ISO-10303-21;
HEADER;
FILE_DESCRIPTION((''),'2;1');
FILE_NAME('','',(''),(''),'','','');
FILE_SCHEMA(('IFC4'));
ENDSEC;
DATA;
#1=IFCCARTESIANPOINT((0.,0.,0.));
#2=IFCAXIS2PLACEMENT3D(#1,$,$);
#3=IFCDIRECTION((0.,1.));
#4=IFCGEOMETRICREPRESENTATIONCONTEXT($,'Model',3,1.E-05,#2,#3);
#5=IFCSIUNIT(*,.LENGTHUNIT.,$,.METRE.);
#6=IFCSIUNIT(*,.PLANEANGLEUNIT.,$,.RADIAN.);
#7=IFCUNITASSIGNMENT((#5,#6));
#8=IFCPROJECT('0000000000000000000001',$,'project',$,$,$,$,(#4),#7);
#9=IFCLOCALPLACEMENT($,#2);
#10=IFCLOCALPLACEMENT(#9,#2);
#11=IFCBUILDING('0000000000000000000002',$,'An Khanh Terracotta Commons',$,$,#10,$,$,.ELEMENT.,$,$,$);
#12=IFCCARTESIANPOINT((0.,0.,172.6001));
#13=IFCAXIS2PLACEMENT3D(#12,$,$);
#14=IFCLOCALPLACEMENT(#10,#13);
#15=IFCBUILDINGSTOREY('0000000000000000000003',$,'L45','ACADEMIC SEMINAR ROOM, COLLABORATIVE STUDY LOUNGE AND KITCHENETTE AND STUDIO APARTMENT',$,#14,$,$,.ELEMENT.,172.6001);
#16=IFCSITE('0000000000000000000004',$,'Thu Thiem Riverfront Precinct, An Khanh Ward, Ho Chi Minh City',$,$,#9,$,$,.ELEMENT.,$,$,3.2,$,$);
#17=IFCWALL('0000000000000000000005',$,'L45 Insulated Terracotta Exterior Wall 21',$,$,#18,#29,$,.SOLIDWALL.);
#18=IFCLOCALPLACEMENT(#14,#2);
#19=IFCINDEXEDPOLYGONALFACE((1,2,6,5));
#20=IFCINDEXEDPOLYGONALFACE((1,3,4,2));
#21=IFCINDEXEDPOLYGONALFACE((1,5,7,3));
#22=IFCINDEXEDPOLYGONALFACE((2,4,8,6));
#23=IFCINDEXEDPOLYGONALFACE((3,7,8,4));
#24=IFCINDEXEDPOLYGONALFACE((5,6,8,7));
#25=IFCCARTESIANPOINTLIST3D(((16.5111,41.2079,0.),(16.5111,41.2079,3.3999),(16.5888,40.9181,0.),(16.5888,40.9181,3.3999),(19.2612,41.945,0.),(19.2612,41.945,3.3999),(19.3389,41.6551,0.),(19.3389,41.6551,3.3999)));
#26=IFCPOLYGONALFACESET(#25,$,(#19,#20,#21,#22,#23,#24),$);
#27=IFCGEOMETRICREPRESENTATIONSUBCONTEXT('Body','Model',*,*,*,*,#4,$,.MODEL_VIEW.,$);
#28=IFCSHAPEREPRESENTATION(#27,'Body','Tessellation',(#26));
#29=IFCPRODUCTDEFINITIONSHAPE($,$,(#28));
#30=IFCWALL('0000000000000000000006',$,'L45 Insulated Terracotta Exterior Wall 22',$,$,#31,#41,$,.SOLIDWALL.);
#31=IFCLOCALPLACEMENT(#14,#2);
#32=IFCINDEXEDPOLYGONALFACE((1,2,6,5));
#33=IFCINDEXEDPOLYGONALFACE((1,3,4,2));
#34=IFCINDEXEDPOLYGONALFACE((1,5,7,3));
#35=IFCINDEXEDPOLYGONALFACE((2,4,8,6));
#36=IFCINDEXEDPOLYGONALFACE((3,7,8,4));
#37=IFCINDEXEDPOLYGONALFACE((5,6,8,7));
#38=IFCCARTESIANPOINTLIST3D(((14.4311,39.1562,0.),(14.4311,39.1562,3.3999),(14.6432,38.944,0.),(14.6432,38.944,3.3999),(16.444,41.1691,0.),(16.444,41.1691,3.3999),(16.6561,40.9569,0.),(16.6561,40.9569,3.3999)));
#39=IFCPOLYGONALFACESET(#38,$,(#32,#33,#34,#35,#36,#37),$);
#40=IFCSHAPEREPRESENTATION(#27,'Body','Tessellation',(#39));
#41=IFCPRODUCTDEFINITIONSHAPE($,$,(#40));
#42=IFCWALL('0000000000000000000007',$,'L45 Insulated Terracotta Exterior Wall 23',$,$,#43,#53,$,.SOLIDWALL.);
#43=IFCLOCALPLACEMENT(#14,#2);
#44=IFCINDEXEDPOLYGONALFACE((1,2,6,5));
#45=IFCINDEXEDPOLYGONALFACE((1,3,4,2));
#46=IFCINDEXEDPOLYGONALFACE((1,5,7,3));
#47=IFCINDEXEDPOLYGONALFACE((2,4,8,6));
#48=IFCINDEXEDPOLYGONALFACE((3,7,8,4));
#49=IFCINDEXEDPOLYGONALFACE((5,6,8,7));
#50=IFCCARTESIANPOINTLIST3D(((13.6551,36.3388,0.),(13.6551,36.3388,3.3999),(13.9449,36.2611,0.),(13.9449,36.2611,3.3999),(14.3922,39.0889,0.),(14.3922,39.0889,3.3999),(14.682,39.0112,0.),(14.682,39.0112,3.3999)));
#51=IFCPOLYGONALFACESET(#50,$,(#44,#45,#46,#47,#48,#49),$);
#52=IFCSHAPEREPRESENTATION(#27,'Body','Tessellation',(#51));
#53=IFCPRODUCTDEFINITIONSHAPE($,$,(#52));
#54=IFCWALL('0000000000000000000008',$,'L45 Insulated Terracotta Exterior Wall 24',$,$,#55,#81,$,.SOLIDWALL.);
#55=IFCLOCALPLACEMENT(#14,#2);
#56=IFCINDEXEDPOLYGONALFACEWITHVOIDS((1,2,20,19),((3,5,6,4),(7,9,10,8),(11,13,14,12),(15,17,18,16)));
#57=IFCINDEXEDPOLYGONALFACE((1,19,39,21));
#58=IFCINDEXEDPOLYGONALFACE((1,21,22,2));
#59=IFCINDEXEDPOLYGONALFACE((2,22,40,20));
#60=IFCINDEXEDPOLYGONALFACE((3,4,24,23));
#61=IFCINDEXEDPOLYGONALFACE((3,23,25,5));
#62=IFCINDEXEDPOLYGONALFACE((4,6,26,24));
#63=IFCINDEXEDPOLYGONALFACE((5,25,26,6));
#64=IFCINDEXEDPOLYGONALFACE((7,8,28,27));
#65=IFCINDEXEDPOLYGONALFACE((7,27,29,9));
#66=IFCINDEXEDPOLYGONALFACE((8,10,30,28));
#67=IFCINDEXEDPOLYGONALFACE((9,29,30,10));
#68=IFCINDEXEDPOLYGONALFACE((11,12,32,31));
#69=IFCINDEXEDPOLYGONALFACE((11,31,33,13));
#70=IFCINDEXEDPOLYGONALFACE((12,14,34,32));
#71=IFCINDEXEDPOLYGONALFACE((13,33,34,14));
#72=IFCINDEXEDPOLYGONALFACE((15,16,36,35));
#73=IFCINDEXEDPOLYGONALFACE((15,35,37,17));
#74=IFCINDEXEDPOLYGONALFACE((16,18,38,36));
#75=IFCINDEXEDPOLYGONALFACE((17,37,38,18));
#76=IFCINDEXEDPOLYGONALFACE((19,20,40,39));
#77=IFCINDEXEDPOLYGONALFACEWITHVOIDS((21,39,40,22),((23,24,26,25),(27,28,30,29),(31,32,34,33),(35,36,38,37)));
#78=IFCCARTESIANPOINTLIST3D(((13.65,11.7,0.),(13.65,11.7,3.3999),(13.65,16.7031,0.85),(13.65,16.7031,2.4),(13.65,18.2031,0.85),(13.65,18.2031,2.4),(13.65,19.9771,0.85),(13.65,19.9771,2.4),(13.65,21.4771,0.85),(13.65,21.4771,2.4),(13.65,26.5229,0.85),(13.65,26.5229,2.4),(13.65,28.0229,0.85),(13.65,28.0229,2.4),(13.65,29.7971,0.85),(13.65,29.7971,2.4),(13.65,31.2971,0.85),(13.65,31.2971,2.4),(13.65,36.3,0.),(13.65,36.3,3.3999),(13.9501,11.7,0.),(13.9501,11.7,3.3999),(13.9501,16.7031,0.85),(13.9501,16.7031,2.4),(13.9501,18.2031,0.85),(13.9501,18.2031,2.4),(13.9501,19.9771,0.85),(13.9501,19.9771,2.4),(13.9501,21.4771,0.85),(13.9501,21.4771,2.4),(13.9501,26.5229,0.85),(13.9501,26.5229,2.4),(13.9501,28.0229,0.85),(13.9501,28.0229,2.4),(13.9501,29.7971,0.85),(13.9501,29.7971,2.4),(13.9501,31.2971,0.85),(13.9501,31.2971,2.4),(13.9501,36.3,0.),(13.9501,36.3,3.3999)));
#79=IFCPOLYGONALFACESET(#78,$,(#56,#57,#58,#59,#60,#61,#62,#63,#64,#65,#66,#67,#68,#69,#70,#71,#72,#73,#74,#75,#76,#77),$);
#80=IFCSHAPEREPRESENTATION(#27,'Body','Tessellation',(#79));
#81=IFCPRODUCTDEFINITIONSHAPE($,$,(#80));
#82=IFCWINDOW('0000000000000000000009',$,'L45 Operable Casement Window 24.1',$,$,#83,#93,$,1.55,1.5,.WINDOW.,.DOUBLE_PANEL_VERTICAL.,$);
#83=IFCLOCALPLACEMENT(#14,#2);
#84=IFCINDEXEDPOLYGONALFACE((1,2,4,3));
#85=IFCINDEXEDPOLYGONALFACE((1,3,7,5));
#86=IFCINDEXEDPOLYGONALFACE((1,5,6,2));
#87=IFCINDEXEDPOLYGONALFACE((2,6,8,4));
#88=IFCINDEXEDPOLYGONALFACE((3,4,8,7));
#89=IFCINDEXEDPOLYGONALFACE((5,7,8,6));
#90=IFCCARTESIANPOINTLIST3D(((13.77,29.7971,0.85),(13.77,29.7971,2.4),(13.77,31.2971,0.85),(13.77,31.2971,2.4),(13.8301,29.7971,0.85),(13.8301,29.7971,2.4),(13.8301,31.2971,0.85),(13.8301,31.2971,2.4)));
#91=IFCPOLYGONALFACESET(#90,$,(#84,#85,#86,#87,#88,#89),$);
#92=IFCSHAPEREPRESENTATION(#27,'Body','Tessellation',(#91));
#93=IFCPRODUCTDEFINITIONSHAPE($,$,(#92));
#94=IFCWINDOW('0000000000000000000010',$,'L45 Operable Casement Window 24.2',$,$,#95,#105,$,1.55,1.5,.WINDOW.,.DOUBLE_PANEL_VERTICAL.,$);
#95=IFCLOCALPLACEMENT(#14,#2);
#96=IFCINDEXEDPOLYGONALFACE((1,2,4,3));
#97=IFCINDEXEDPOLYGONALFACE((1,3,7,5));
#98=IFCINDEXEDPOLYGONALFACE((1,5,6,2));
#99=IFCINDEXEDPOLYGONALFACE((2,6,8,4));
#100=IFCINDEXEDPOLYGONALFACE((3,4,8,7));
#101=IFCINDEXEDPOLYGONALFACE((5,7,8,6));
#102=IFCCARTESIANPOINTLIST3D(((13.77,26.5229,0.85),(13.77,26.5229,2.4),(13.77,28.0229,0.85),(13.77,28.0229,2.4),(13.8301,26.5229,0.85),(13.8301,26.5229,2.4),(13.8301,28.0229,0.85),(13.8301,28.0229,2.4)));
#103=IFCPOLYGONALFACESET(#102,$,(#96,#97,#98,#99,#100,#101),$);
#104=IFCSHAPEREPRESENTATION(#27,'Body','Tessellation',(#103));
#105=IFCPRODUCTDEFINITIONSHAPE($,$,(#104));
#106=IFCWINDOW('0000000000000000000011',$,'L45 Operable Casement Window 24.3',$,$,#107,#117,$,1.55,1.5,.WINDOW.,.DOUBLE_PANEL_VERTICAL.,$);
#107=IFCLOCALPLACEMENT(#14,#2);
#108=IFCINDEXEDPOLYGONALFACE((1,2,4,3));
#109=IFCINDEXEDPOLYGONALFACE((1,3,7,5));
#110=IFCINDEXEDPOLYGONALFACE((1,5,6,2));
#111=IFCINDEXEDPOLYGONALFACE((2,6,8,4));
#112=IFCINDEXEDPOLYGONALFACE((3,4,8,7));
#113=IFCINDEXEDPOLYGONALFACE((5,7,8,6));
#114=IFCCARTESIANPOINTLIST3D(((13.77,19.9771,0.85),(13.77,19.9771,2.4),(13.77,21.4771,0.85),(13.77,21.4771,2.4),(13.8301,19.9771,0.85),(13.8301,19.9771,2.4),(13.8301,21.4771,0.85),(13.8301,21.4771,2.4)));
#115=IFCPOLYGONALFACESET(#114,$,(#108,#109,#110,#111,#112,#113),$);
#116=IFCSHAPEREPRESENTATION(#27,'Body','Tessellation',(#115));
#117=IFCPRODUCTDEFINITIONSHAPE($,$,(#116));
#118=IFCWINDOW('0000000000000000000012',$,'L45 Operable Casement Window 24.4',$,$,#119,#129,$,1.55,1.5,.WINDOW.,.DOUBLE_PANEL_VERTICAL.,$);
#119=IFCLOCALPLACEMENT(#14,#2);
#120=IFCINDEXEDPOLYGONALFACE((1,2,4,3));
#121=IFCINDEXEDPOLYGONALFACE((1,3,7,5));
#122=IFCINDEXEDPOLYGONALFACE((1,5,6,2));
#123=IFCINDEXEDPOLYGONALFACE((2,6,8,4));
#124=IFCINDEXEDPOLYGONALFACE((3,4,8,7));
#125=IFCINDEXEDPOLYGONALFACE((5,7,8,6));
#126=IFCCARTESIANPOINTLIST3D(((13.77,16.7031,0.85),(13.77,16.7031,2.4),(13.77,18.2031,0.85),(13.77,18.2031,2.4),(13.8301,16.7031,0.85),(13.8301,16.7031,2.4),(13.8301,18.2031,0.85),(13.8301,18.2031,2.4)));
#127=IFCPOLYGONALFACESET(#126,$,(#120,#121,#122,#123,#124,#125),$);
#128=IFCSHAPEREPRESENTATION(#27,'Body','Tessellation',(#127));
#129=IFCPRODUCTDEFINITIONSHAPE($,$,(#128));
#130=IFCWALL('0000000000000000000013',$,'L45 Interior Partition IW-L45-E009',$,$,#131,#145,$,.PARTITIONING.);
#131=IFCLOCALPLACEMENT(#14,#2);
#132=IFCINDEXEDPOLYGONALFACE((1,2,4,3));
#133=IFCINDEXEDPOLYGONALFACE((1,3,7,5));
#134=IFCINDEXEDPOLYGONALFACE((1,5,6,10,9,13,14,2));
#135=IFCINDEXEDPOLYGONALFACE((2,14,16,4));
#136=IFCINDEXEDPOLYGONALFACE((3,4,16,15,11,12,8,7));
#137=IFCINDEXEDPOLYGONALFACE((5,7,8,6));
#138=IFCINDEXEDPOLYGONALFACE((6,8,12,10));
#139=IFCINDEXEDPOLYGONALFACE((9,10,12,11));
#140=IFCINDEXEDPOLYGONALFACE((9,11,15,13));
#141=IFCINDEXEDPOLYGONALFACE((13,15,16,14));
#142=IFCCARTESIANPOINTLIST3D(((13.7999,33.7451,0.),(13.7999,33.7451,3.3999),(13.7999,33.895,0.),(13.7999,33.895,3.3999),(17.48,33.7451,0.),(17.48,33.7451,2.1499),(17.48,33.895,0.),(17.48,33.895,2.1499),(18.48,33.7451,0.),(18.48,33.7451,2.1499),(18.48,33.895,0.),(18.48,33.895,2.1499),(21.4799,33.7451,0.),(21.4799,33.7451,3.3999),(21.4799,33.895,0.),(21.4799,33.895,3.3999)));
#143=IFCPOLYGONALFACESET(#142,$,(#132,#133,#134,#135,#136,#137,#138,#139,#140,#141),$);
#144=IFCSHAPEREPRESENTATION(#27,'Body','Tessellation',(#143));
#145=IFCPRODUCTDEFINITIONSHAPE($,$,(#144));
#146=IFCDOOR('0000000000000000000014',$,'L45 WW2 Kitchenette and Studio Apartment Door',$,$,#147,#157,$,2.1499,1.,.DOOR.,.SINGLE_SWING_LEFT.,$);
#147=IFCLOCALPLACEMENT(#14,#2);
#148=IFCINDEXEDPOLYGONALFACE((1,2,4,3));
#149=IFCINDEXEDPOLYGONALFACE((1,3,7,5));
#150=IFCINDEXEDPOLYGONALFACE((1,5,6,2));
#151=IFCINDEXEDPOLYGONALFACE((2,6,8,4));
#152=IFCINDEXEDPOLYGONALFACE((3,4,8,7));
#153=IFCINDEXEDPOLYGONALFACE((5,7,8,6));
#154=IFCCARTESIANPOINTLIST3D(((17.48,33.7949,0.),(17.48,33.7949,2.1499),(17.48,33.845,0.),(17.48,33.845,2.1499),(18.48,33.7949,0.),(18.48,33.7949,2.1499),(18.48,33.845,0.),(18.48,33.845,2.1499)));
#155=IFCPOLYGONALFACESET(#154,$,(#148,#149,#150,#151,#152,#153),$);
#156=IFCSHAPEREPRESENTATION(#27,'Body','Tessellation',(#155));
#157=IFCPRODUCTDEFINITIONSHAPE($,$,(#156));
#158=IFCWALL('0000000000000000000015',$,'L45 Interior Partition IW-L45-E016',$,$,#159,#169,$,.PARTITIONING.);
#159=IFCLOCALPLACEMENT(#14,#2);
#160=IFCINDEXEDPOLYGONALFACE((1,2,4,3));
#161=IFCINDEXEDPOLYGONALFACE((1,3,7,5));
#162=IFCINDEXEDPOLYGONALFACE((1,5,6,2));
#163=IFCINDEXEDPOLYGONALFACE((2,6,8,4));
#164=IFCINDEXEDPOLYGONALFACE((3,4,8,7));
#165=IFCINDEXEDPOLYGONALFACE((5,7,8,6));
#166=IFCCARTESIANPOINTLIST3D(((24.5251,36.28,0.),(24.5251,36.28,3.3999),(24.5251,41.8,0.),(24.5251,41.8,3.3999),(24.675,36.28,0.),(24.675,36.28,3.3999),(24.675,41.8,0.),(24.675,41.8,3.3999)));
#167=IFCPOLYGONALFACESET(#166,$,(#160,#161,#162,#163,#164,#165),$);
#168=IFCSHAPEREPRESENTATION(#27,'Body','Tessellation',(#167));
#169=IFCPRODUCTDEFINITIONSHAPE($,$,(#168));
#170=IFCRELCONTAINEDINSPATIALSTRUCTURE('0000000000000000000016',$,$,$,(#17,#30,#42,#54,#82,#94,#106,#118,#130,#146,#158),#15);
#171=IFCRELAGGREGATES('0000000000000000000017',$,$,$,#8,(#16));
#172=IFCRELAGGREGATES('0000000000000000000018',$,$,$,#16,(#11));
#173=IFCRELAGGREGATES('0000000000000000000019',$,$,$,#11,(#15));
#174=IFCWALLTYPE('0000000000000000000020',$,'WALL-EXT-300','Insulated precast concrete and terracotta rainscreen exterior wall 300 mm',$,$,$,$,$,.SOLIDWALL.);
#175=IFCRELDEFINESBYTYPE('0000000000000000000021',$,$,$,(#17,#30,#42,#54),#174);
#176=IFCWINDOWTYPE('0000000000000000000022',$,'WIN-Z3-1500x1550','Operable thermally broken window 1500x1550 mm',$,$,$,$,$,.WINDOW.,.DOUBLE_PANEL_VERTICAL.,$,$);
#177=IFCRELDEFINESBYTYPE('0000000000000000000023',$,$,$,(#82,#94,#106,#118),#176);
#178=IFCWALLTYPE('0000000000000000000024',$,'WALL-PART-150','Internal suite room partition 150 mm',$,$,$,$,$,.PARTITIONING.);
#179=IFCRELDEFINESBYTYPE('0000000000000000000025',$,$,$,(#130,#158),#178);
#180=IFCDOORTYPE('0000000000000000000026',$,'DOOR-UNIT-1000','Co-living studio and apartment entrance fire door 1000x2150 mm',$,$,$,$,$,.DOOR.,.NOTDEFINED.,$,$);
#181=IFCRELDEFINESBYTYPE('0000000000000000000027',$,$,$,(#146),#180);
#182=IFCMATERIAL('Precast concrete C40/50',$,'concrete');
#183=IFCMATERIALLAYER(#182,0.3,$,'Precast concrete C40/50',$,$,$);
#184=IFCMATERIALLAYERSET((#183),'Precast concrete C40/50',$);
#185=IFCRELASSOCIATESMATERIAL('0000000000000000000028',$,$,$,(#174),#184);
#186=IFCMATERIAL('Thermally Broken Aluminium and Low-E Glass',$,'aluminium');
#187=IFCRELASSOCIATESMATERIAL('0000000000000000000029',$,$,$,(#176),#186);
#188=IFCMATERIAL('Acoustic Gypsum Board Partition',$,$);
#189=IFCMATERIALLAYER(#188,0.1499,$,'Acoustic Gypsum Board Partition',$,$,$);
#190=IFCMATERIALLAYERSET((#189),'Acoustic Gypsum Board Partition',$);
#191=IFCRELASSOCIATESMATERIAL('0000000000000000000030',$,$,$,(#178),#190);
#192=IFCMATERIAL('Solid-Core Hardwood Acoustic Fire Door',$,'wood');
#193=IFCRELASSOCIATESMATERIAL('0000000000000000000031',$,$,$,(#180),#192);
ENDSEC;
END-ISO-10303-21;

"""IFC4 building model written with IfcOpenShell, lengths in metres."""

from ifc_helpers import new_model, si_unit, direction, frame, frame_2d, origin, place, context, subcontext, project, spatial, rectangle, extrude, material, layer, layer_set, type_object, element, fill, save


model = new_model("IFC4")

# Units and contexts
model_context = context("Model", 3, precision=1e-05, world=origin(), true_north=direction((0.0, 1.0)))
body_context = subcontext(model_context, "Body", "Model", "MODEL_VIEW")
ifc_project = project(units=[si_unit("LENGTHUNIT", "METRE"), si_unit("PLANEANGLEUNIT", "RADIAN")], contexts=[model_context])

# Site, building, storey
site_placement = place(None, origin())
site = spatial("IfcSite", under=ifc_project, at=site_placement, Name="Thu Thiem Riverfront Precinct, An Khanh Ward, Ho Chi Minh City", CompositionType="ELEMENT", RefElevation=3.2)
building_placement = place(site_placement, origin())
building = spatial("IfcBuilding", under=site, at=building_placement, Name="An Khanh Terracotta Commons", CompositionType="ELEMENT")
storey_placement = place(building_placement, frame((0.0, 0.0, 172.6001)))
storey = spatial("IfcBuildingStorey", under=building, at=storey_placement, Name="L45", Description="ACADEMIC SEMINAR ROOM, COLLABORATIVE STUDY LOUNGE AND KITCHENETTE AND STUDIO APARTMENT", CompositionType="ELEMENT", Elevation=172.6001)

# Walls
ifc_material_1 = material(Name="Precast concrete C40/50", Category="concrete")
ifc_layer_1 = layer(ifc_material_1, 0.3, Name="Precast concrete C40/50")
ifc_layer_set_1 = layer_set([ifc_layer_1], Name="Precast concrete C40/50")
wall_type_1 = type_object("IfcWallType", Name="WALL-EXT-300", Description="Insulated precast concrete and terracotta rainscreen exterior wall 300 mm", PredefinedType="SOLIDWALL", material=ifc_layer_set_1)
wall_1_placement = place(storey_placement, frame((19.3, 41.8, 0.0), z_axis=(0.0, 0.0, 1.0), x_axis=(-0.965908, -0.258885, 0.0)))
element("IfcWall", 1, at=wall_1_placement, inside=storey, type_object=wall_type_1, Name="L45 Insulated Terracotta Exterior Wall 21", PredefinedType="SOLIDWALL", context=body_context, shape_type="SweptSolid", body=[
    extrude(rectangle(XDim=2.8472, YDim=0.3, at=frame_2d((1.4236, 0.0))), origin(), (0.0, 0.0, 1.0), 3.3999),
])
wall_2_placement = place(storey_placement, frame((16.55, 41.063, 0.0), z_axis=(0.0, 0.0, 1.0), x_axis=(-0.707107, -0.707107, 0.0)))
element("IfcWall", 2, at=wall_2_placement, inside=storey, type_object=wall_type_1, Name="L45 Insulated Terracotta Exterior Wall 22", PredefinedType="SOLIDWALL", context=body_context, shape_type="SweptSolid", body=[
    extrude(rectangle(XDim=2.8467, YDim=0.3, at=frame_2d((1.4233, 0.0))), origin(), (0.0, 0.0, 1.0), 3.3999),
])
wall_3_placement = place(storey_placement, frame((14.5371, 39.05, 0.0), z_axis=(0.0, 0.0, 1.0), x_axis=(-0.258885, -0.965908, 0.0)))
element("IfcWall", 3, at=wall_3_placement, inside=storey, type_object=wall_type_1, Name="L45 Insulated Terracotta Exterior Wall 23", PredefinedType="SOLIDWALL", context=body_context, shape_type="SweptSolid", body=[
    extrude(rectangle(XDim=2.8472, YDim=0.3, at=frame_2d((1.4236, 0.0))), origin(), (0.0, 0.0, 1.0), 3.3999),
])

# Wall, openings, windows
wall_4_placement = place(storey_placement, frame((13.8, 36.3, 0.0), z_axis=(0.0, 0.0, 1.0), x_axis=(0.0, -1.0, 0.0)))
wall_4 = element("IfcWall", 4, at=wall_4_placement, inside=storey, type_object=wall_type_1, Name="L45 Insulated Terracotta Exterior Wall 24", PredefinedType="SOLIDWALL", context=body_context, shape_type="SweptSolid", body=[
    extrude(rectangle(XDim=24.6001, YDim=0.3, at=frame_2d((12.3, 0.0))), origin(), (0.0, 0.0, 1.0), 3.3999),
])
opening_1_placement = place(wall_4_placement, frame((5.0029, 0.0, 0.8501)))
opening_1 = element("IfcOpeningElement", 5, at=opening_1_placement, cuts=wall_4, PredefinedType="OPENING", context=body_context, shape_type="SweptSolid", body=[
    extrude(rectangle(XDim=1.5, YDim=1.55, at=frame_2d((0.75, 0.7749))), frame((0.0, 0.1599, 0.0), z_axis=(0.0, -1.0, 0.0), x_axis=(1.0, 0.0, 0.0)), (0.0, 0.0, 1.0), 0.3201),
])
opening_2_placement = place(wall_4_placement, frame((8.2771, 0.0, 0.8501)))
opening_2 = element("IfcOpeningElement", 6, at=opening_2_placement, cuts=wall_4, PredefinedType="OPENING", context=body_context, shape_type="SweptSolid", body=[
    extrude(rectangle(XDim=1.5, YDim=1.55, at=frame_2d((0.75, 0.7749))), frame((0.0, 0.1599, 0.0), z_axis=(0.0, -1.0, 0.0), x_axis=(1.0, 0.0, 0.0)), (0.0, 0.0, 1.0), 0.3201),
])
opening_3_placement = place(wall_4_placement, frame((14.823, 0.0, 0.8501)))
opening_3 = element("IfcOpeningElement", 7, at=opening_3_placement, cuts=wall_4, PredefinedType="OPENING", context=body_context, shape_type="SweptSolid", body=[
    extrude(rectangle(XDim=1.5, YDim=1.55, at=frame_2d((0.75, 0.7749))), frame((0.0, 0.1599, 0.0), z_axis=(0.0, -1.0, 0.0), x_axis=(1.0, 0.0, 0.0)), (0.0, 0.0, 1.0), 0.3201),
])
opening_4_placement = place(wall_4_placement, frame((18.0969, 0.0, 0.8501)))
opening_4 = element("IfcOpeningElement", 8, at=opening_4_placement, cuts=wall_4, PredefinedType="OPENING", context=body_context, shape_type="SweptSolid", body=[
    extrude(rectangle(XDim=1.5, YDim=1.55, at=frame_2d((0.75, 0.7749))), frame((0.0, 0.1599, 0.0), z_axis=(0.0, -1.0, 0.0), x_axis=(1.0, 0.0, 0.0)), (0.0, 0.0, 1.0), 0.3201),
])
ifc_material_2 = material(Name="Thermally Broken Aluminium and Low-E Glass", Category="aluminium")
window_type = type_object("IfcWindowType", Name="WIN-Z3-1500x1550", Description="Operable thermally broken window 1500x1550 mm", PartitioningType="DOUBLE_PANEL_VERTICAL", PredefinedType="WINDOW", material=ifc_material_2)
window_1_placement = place(opening_1_placement, origin())
window_1 = element("IfcWindow", 9, at=window_1_placement, inside=storey, type_object=window_type, Name="L45 Operable Casement Window 24.1", OverallHeight=1.55, OverallWidth=1.5, PartitioningType="DOUBLE_PANEL_VERTICAL", PredefinedType="WINDOW", context=body_context, shape_type="SweptSolid", body=[
    extrude(rectangle(XDim=1.5, YDim=1.55, at=frame_2d((0.75, 0.7749))), frame((0.0, 0.03, 0.0), z_axis=(0.0, -1.0, 0.0), x_axis=(1.0, 0.0, 0.0)), (0.0, 0.0, 1.0), 0.0601),
])
fill(opening_1, window_1)
window_2_placement = place(opening_2_placement, origin())
window_2 = element("IfcWindow", 10, at=window_2_placement, inside=storey, type_object=window_type, Name="L45 Operable Casement Window 24.2", OverallHeight=1.55, OverallWidth=1.5, PartitioningType="DOUBLE_PANEL_VERTICAL", PredefinedType="WINDOW", context=body_context, shape_type="SweptSolid", body=[
    extrude(rectangle(XDim=1.5, YDim=1.55, at=frame_2d((0.75, 0.7749))), frame((0.0, 0.03, 0.0), z_axis=(0.0, -1.0, 0.0), x_axis=(1.0, 0.0, 0.0)), (0.0, 0.0, 1.0), 0.0601),
])
fill(opening_2, window_2)
window_3_placement = place(opening_3_placement, origin())
window_3 = element("IfcWindow", 11, at=window_3_placement, inside=storey, type_object=window_type, Name="L45 Operable Casement Window 24.3", OverallHeight=1.55, OverallWidth=1.5, PartitioningType="DOUBLE_PANEL_VERTICAL", PredefinedType="WINDOW", context=body_context, shape_type="SweptSolid", body=[
    extrude(rectangle(XDim=1.5, YDim=1.55, at=frame_2d((0.75, 0.7749))), frame((0.0, 0.03, 0.0), z_axis=(0.0, -1.0, 0.0), x_axis=(1.0, 0.0, 0.0)), (0.0, 0.0, 1.0), 0.0601),
])
fill(opening_3, window_3)
window_4_placement = place(opening_4_placement, origin())
window_4 = element("IfcWindow", 12, at=window_4_placement, inside=storey, type_object=window_type, Name="L45 Operable Casement Window 24.4", OverallHeight=1.55, OverallWidth=1.5, PartitioningType="DOUBLE_PANEL_VERTICAL", PredefinedType="WINDOW", context=body_context, shape_type="SweptSolid", body=[
    extrude(rectangle(XDim=1.5, YDim=1.55, at=frame_2d((0.75, 0.7749))), frame((0.0, 0.03, 0.0), z_axis=(0.0, -1.0, 0.0), x_axis=(1.0, 0.0, 0.0)), (0.0, 0.0, 1.0), 0.0601),
])
fill(opening_4, window_4)

# Wall, opening, door
ifc_material_3 = material(Name="Acoustic Gypsum Board Partition")
ifc_layer_2 = layer(ifc_material_3, 0.1499, Name="Acoustic Gypsum Board Partition")
ifc_layer_set_2 = layer_set([ifc_layer_2], Name="Acoustic Gypsum Board Partition")
wall_type_2 = type_object("IfcWallType", Name="WALL-PART-150", Description="Internal suite room partition 150 mm", PredefinedType="PARTITIONING", material=ifc_layer_set_2)
wall_5_placement = place(storey_placement, frame((13.8, 33.8201, 0.0), z_axis=(0.0, 0.0, 1.0), x_axis=(1.0, 0.0, 0.0)))
wall_5 = element("IfcWall", 13, at=wall_5_placement, inside=storey, type_object=wall_type_2, Name="L45 Interior Partition IW-L45-E009", PredefinedType="PARTITIONING", context=body_context, shape_type="SweptSolid", body=[
    extrude(rectangle(XDim=7.6799, YDim=0.1499, at=frame_2d((3.8398, 0.0))), origin(), (0.0, 0.0, 1.0), 3.3999),
])
opening_5_placement = place(wall_5_placement, frame((3.6799, 0.0, 0.0)))
opening_5 = element("IfcOpeningElement", 14, at=opening_5_placement, cuts=wall_5, PredefinedType="OPENING", context=body_context, shape_type="SweptSolid", body=[
    extrude(rectangle(XDim=1.0, YDim=2.1499, at=frame_2d((0.5, 1.075))), frame((0.0, 0.085, 0.0), z_axis=(0.0, -1.0, 0.0), x_axis=(1.0, 0.0, 0.0)), (0.0, 0.0, 1.0), 0.1699),
])
ifc_material_4 = material(Name="Solid-Core Hardwood Acoustic Fire Door", Category="wood")
door_type_1 = type_object("IfcDoorType", Name="DOOR-UNIT-1000", Description="Co-living studio and apartment entrance fire door 1000x2150 mm", OperationType="NOTDEFINED", PredefinedType="DOOR", material=ifc_material_4)
door_1_placement = place(opening_5_placement, origin())
door_1 = element("IfcDoor", 15, at=door_1_placement, inside=storey, type_object=door_type_1, Name="L45 WW2 Kitchenette and Studio Apartment Door", OperationType="SINGLE_SWING_LEFT", OverallHeight=2.1499, OverallWidth=1.0, PredefinedType="DOOR", context=body_context, shape_type="SweptSolid", body=[
    extrude(rectangle(XDim=1.0, YDim=2.1499, at=frame_2d((0.5, 1.075))), frame((0.0, 0.0249, 0.0), z_axis=(0.0, -1.0, 0.0), x_axis=(1.0, 0.0, 0.0)), (0.0, 0.0, 1.0), 0.05),
])
fill(opening_5, door_1)

# Wall
wall_6_placement = place(storey_placement, frame((24.6001, 36.28, 0.0), z_axis=(0.0, 0.0, 1.0), x_axis=(0.0, 1.0, 0.0)))
element("IfcWall", 16, at=wall_6_placement, inside=storey, type_object=wall_type_2, Name="L45 Interior Partition IW-L45-E016", PredefinedType="PARTITIONING", context=body_context, shape_type="SweptSolid", body=[
    extrude(rectangle(XDim=5.52, YDim=0.1499, at=frame_2d((2.76, 0.0))), origin(), (0.0, 0.0, 1.0), 3.3999),
])

save(model, "model.ifc")
